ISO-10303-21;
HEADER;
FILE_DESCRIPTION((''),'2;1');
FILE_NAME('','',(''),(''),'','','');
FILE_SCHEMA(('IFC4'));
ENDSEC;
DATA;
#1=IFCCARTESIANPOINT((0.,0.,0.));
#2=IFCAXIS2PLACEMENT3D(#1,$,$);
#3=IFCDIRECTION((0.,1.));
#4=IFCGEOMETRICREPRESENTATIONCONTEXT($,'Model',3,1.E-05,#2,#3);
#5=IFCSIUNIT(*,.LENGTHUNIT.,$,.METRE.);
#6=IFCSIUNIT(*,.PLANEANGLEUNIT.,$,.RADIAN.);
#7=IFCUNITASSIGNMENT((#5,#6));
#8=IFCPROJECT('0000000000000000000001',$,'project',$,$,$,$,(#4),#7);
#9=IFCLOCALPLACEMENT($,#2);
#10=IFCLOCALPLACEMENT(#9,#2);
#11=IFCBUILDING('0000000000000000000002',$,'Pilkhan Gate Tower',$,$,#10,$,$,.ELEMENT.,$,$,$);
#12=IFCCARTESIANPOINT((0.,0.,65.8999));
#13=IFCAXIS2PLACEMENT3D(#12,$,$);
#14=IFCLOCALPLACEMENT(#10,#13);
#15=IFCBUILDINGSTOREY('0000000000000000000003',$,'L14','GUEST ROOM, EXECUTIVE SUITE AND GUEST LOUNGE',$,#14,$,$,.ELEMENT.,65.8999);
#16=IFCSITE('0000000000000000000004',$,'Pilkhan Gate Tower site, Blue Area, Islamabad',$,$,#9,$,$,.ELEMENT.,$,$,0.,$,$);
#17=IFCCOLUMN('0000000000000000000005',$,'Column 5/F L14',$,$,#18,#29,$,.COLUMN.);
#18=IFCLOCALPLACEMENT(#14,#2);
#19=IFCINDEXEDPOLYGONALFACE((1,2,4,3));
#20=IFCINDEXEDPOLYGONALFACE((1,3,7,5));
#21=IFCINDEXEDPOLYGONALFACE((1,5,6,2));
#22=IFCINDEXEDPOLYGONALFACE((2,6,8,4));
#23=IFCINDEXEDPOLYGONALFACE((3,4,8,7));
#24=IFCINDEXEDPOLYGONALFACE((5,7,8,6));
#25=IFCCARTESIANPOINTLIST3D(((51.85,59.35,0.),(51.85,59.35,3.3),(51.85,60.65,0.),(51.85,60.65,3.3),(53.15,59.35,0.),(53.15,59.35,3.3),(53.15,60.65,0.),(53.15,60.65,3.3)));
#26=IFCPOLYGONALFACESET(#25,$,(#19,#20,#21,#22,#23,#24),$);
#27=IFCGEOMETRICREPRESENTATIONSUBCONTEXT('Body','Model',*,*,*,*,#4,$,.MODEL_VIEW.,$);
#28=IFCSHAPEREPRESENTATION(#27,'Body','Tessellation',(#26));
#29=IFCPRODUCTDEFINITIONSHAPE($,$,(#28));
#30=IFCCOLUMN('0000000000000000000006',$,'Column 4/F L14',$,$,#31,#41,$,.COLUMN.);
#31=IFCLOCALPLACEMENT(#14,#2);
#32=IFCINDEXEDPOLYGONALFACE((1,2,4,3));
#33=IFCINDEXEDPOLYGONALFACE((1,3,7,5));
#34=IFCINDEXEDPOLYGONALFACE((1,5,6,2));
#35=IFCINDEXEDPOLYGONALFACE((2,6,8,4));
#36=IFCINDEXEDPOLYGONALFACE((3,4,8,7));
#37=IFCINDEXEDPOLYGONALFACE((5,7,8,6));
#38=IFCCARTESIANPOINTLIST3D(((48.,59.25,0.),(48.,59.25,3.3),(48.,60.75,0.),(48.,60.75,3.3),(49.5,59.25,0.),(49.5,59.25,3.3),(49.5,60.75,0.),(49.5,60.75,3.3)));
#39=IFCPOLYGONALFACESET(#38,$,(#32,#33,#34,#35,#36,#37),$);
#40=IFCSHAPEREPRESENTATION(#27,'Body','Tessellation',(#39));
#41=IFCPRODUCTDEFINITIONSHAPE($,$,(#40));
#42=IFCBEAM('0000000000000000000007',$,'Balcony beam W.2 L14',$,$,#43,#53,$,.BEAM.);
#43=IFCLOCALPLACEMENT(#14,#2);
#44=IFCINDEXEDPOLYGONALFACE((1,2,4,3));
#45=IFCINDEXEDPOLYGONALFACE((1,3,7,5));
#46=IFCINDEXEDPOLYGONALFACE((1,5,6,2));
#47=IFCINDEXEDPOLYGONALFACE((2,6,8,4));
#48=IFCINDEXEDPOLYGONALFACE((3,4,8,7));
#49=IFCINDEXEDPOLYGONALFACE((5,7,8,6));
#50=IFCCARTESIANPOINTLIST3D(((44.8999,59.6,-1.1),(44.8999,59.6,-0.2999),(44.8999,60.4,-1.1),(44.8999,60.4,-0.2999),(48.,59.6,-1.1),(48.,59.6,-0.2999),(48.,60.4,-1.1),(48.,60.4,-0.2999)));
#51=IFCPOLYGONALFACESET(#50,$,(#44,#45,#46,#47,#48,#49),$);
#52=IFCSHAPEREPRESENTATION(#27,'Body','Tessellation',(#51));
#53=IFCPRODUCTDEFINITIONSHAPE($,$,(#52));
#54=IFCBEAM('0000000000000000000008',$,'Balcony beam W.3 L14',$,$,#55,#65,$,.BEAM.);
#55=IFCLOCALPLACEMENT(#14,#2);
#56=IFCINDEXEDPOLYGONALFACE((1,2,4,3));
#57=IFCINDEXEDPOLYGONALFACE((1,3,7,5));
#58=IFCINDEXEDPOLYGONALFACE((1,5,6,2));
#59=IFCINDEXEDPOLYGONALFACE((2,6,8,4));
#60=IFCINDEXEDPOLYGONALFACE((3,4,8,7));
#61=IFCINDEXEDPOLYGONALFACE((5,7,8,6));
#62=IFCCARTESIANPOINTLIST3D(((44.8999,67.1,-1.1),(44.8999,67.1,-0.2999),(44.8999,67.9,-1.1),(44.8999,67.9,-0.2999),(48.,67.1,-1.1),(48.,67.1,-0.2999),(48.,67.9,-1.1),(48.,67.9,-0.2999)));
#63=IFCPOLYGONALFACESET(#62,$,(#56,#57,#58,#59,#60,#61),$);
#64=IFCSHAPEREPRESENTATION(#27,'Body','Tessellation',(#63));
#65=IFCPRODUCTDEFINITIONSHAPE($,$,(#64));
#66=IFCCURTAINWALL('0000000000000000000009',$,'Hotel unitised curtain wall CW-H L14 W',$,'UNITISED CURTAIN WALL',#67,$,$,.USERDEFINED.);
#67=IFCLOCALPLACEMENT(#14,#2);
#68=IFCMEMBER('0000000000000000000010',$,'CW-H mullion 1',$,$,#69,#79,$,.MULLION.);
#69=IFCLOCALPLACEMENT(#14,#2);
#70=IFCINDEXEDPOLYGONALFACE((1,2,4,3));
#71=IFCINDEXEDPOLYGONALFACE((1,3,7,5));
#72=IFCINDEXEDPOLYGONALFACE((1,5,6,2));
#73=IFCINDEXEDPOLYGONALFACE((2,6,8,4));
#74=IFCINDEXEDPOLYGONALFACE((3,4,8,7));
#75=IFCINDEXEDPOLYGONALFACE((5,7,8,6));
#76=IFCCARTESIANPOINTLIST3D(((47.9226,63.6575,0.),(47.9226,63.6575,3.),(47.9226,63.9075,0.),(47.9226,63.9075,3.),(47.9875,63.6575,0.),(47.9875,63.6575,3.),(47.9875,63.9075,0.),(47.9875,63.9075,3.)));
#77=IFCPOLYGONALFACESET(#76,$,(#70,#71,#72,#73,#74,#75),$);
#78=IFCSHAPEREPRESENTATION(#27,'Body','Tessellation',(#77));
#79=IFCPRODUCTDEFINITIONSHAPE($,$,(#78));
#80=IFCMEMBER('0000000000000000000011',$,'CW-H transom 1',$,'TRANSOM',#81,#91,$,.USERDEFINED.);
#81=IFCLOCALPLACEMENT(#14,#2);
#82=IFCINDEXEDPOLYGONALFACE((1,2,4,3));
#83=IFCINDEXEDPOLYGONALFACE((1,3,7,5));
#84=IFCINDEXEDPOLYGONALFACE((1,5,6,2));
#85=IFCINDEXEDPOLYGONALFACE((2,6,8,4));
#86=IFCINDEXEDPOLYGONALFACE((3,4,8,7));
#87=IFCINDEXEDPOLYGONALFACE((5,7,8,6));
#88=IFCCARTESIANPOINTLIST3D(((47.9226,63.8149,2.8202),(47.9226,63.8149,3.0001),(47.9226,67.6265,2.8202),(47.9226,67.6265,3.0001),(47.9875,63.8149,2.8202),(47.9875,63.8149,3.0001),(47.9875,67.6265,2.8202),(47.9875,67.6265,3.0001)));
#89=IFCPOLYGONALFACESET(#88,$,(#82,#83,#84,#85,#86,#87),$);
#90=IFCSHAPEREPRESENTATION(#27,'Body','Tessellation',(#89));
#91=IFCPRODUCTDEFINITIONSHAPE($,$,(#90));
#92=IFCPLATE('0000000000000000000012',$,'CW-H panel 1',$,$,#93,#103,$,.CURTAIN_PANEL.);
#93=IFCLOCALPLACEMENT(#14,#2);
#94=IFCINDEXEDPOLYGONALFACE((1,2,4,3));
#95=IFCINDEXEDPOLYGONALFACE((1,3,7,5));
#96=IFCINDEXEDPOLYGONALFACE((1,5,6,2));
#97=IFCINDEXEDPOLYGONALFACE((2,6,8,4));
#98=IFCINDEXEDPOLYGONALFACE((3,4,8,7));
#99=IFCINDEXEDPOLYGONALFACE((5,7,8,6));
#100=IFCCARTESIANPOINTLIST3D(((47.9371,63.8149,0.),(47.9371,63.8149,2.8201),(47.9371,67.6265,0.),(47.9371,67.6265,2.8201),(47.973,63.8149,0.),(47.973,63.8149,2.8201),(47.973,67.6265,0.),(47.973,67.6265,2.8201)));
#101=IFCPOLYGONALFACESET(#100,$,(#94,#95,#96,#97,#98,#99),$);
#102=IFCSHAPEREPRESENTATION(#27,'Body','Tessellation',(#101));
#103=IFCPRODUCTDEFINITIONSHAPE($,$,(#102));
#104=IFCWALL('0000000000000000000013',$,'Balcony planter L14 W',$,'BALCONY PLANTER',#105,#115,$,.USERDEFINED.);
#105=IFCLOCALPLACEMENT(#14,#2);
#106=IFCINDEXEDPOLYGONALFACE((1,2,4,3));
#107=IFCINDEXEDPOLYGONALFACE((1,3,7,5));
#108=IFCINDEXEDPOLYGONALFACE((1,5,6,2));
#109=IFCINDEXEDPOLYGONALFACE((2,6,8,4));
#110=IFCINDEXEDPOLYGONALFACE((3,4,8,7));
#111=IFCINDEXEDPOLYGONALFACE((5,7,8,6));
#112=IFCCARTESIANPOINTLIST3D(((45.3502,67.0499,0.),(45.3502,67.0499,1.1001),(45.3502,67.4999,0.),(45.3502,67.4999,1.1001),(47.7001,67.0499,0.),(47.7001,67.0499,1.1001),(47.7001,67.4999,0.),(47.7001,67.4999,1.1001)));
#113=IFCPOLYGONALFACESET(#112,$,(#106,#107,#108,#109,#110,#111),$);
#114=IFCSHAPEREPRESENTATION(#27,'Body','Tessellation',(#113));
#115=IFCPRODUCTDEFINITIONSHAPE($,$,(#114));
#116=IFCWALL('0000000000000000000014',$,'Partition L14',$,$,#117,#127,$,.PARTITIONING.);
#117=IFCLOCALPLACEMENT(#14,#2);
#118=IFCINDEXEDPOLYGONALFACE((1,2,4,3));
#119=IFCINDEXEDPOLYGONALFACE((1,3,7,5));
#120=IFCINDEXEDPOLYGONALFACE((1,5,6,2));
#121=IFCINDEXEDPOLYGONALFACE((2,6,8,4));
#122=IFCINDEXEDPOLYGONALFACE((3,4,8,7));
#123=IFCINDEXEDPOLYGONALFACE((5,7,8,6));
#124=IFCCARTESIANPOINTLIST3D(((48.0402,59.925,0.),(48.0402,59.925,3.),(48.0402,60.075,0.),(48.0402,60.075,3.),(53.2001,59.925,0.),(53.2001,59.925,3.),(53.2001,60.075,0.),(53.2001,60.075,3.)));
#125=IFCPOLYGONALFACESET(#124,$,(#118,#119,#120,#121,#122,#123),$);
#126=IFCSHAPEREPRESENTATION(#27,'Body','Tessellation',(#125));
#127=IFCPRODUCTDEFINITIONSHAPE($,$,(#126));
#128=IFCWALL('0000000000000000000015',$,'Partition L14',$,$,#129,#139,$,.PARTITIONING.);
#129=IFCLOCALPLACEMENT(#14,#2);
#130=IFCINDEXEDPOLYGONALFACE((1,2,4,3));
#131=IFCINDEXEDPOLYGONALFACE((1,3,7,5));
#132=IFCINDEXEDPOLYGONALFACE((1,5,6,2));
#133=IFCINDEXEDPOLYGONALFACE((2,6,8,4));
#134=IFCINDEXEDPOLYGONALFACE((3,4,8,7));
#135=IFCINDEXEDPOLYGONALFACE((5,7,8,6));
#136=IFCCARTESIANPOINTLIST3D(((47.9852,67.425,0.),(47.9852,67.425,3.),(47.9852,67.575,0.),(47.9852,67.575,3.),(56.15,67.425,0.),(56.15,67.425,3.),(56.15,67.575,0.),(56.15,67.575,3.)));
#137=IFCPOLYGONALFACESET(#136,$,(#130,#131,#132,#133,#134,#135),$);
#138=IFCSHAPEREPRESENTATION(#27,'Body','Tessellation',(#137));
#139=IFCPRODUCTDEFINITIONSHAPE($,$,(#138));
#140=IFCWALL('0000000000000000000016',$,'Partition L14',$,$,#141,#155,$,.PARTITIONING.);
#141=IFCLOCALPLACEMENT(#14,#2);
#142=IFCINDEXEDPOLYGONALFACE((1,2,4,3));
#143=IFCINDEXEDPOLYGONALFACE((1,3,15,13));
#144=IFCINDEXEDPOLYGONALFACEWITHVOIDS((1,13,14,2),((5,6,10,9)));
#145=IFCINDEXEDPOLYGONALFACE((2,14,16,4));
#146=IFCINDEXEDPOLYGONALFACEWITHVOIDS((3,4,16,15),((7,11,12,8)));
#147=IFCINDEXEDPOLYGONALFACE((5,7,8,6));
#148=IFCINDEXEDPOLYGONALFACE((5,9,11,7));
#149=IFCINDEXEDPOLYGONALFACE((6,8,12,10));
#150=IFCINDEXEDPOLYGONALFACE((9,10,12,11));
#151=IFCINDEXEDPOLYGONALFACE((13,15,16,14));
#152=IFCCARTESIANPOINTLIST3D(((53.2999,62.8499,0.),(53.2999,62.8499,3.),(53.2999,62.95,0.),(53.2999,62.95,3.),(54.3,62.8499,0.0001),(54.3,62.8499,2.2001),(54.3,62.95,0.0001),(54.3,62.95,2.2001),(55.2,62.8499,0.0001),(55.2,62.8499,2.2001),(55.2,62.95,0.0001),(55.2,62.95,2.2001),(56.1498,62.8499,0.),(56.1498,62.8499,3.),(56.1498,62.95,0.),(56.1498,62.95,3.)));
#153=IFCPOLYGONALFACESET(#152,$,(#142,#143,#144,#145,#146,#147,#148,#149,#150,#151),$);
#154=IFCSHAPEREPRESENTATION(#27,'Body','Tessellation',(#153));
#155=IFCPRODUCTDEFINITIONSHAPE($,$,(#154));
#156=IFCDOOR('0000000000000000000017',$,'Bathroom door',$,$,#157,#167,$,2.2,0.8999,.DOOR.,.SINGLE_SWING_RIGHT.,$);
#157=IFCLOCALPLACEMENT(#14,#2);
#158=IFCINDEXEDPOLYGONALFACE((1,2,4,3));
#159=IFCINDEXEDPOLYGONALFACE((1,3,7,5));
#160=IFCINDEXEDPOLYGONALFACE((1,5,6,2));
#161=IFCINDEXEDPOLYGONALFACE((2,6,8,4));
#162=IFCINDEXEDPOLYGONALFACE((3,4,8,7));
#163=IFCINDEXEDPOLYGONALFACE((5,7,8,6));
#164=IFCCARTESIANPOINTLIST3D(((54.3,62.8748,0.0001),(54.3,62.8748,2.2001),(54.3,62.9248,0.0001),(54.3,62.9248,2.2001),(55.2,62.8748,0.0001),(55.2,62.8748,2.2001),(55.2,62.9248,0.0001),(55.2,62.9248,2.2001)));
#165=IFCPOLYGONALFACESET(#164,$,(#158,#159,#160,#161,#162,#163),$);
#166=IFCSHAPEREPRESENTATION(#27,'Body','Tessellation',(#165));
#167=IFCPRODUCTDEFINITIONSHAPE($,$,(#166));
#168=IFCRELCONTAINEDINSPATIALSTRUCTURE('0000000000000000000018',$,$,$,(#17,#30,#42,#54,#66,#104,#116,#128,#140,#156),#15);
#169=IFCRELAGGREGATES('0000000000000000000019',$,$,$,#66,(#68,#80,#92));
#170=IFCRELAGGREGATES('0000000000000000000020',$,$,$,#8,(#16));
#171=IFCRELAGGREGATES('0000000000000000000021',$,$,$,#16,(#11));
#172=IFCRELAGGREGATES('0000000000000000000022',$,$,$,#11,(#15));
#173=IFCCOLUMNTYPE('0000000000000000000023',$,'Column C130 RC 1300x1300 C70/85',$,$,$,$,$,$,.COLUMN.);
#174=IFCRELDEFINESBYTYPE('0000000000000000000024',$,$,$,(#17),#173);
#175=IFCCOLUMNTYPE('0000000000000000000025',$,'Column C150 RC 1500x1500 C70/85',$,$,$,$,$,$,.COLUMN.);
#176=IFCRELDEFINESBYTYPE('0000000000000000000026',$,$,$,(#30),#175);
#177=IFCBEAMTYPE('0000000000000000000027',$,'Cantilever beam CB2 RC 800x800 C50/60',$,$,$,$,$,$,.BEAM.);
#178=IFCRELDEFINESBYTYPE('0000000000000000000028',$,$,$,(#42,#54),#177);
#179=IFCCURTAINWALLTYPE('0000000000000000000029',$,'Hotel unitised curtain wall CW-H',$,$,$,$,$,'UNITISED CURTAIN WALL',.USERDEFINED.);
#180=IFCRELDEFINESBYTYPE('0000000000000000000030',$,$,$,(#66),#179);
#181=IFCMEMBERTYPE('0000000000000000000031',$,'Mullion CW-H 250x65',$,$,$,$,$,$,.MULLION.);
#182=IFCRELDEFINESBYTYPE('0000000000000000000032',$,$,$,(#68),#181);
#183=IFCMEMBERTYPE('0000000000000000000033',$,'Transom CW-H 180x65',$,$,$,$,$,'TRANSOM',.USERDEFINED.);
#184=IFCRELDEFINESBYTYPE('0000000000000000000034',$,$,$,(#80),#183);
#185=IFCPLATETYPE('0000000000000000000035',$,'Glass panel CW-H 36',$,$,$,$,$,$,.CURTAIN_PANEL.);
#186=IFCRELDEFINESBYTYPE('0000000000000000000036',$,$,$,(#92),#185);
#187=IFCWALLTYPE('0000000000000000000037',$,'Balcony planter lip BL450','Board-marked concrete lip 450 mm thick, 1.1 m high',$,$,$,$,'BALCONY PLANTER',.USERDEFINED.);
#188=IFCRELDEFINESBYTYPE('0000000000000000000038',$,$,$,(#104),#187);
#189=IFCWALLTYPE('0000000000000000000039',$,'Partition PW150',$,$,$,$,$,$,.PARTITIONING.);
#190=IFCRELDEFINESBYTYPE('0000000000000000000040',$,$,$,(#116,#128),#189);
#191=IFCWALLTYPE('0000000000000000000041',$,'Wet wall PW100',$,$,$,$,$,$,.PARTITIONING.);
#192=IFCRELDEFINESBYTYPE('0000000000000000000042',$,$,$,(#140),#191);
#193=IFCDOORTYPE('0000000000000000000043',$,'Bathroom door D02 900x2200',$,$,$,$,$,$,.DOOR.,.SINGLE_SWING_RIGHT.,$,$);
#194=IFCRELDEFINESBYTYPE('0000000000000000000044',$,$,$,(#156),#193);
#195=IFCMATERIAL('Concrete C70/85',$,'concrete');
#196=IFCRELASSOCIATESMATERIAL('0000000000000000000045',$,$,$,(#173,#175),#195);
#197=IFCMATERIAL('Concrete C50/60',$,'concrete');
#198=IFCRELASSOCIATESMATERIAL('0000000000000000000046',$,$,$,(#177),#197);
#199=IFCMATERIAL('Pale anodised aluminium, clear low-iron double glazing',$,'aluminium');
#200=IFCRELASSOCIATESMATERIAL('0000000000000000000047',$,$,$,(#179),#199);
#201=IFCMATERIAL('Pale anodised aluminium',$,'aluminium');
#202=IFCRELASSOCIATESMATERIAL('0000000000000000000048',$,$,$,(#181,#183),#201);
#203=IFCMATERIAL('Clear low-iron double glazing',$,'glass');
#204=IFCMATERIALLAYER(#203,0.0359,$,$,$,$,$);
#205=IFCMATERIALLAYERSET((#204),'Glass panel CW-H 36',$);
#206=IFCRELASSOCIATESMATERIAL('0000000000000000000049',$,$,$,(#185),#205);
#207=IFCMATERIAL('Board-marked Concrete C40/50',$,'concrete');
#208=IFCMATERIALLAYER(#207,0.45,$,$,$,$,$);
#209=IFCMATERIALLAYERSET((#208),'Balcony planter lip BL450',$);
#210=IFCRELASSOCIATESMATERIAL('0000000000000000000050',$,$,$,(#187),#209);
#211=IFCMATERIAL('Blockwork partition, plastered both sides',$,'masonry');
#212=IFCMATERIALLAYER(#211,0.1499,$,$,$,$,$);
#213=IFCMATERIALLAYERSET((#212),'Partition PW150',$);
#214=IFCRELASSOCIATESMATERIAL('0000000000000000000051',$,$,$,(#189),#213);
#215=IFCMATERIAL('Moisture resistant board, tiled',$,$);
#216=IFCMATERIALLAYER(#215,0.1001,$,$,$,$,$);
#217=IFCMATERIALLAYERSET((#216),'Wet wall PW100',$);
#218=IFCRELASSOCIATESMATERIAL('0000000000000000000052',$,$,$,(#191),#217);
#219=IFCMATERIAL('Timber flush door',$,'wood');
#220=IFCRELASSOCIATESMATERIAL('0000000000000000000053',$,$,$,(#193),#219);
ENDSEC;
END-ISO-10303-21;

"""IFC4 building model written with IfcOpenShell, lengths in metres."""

from ifc_helpers import new_model, si_unit, direction, frame, frame_2d, origin, origin_2d, place, context, subcontext, project, spatial, rectangle, extrude, material, layer, layer_set, material_profile, profile_set, type_object, element, fill, aggregate, save


model = new_model("IFC4")

# Units and contexts
model_context = context("Model", 3, precision=1e-05, world=origin(), true_north=direction((0.0, 1.0)))
body_context = subcontext(model_context, "Body", "Model", "MODEL_VIEW")
ifc_project = project(units=[si_unit("LENGTHUNIT", "METRE"), si_unit("PLANEANGLEUNIT", "RADIAN")], contexts=[model_context])

# Site, building, storey
site_placement = place(None, origin())
site = spatial("IfcSite", under=ifc_project, at=site_placement, Name="Pilkhan Gate Tower site, Blue Area, Islamabad", CompositionType="ELEMENT", RefElevation=0.0)
building_placement = place(site_placement, origin())
building = spatial("IfcBuilding", under=site, at=building_placement, Name="Pilkhan Gate Tower", CompositionType="ELEMENT")
storey_placement = place(building_placement, frame((0.0, 0.0, 65.8999)))
storey = spatial("IfcBuildingStorey", under=building, at=storey_placement, Name="L14", Description="GUEST ROOM, EXECUTIVE SUITE AND GUEST LOUNGE", CompositionType="ELEMENT", Elevation=65.8999)

# Columns
ifc_material_1 = material(Name="Concrete C70/85", Category="concrete")
ifc_material_profile_1 = material_profile(ifc_material_1, rectangle(XDim=1.3, YDim=1.3, at=origin_2d()), Name="RC 1300x1300")
ifc_profile_set_1 = profile_set([ifc_material_profile_1], Name="Concrete C70/85")
column_type_1 = type_object("IfcColumnType", Name="Column C130 RC 1300x1300 C70/85", PredefinedType="COLUMN", material=ifc_profile_set_1)
column_1_placement = place(storey_placement, frame((52.5, 60.0, 0.0), z_axis=(0.0, 0.0, 1.0), x_axis=(1.0, 0.0, 0.0)))
element("IfcColumn", 1, at=column_1_placement, inside=storey, type_object=column_type_1, Name="Column 5/F L14", PredefinedType="COLUMN", context=body_context, shape_type="SweptSolid", body=[
    extrude(rectangle(XDim=1.3, YDim=1.3, at=origin_2d()), origin(), (0.0, 0.0, 1.0), 3.3),
])
ifc_material_profile_2 = material_profile(ifc_material_1, rectangle(XDim=1.5, YDim=1.5, at=origin_2d()), Name="RC 1500x1500")
ifc_profile_set_2 = profile_set([ifc_material_profile_2], Name="Concrete C70/85")
column_type_2 = type_object("IfcColumnType", Name="Column C150 RC 1500x1500 C70/85", PredefinedType="COLUMN", material=ifc_profile_set_2)
column_2_placement = place(storey_placement, frame((48.75, 60.0, 0.0), z_axis=(0.0, 0.0, 1.0), x_axis=(1.0, 0.0, 0.0)))
element("IfcColumn", 2, at=column_2_placement, inside=storey, type_object=column_type_2, Name="Column 4/F L14", PredefinedType="COLUMN", context=body_context, shape_type="SweptSolid", body=[
    extrude(rectangle(XDim=1.5, YDim=1.5, at=origin_2d()), origin(), (0.0, 0.0, 1.0), 3.3),
])

# Beams
ifc_material_2 = material(Name="Concrete C50/60", Category="concrete")
ifc_material_profile_3 = material_profile(ifc_material_2, rectangle(XDim=0.8, YDim=0.8, at=origin_2d()), Name="RC 800x800")
ifc_profile_set_3 = profile_set([ifc_material_profile_3], Name="Concrete C50/60")
beam_type = type_object("IfcBeamType", Name="Cantilever beam CB2 RC 800x800 C50/60", PredefinedType="BEAM", material=ifc_profile_set_3)
for number, where, z_axis, x_axis, name in (
    (3, (48.0, 60.0, -0.7), (-1.0, 0.0, 0.0), (0.0, -1.0, 0.0), "Balcony beam W.2 L14"),
    (4, (48.0, 67.5, -0.7), (-1.0, 0.0, 0.0), (0.0, -1.0, 0.0), "Balcony beam W.3 L14"),
):
    element("IfcBeam", number, at=place(storey_placement, frame(where, z_axis=z_axis, x_axis=x_axis)), inside=storey, type_object=beam_type, Name=name, PredefinedType="BEAM", context=body_context, shape_type="SweptSolid", body=[
        extrude(rectangle(XDim=0.8, YDim=0.8, at=origin_2d()), origin(), (0.0, 0.0, 1.0), 3.1001),
    ])

# Curtain wall, members, plate
ifc_material_3 = material(Name="Pale anodised aluminium, clear low-iron double glazing", Category="aluminium")
curtain_wall_type = type_object("IfcCurtainWallType", Name="Hotel unitised curtain wall CW-H", ElementType="UNITISED CURTAIN WALL", PredefinedType="USERDEFINED", material=ifc_material_3)
curtain_wall_placement = place(storey_placement, origin())
curtain_wall = element("IfcCurtainWall", 5, at=curtain_wall_placement, inside=storey, type_object=curtain_wall_type, Name="Hotel unitised curtain wall CW-H L14 W", ObjectType="UNITISED CURTAIN WALL", PredefinedType="USERDEFINED")
ifc_material_4 = material(Name="Pale anodised aluminium", Category="aluminium")
ifc_material_profile_4 = material_profile(ifc_material_4, rectangle(XDim=0.0649, YDim=0.25, at=origin_2d()), Name="Mullion 250x65")
ifc_profile_set_4 = profile_set([ifc_material_profile_4], Name="Pale anodised aluminium")
member_type_1 = type_object("IfcMemberType", Name="Mullion CW-H 250x65", PredefinedType="MULLION", material=ifc_profile_set_4)
member_1_placement = place(storey_placement, frame((47.9551, 63.7825, 0.0), z_axis=(0.0, 0.0, 1.0), x_axis=(-1.0, 0.0, 0.0)))
member_1 = element("IfcMember", 6, at=member_1_placement, type_object=member_type_1, Name="CW-H mullion 1", PredefinedType="MULLION", context=body_context, shape_type="SweptSolid", body=[
    extrude(rectangle(XDim=0.0649, YDim=0.25, at=origin_2d()), origin(), (0.0, 0.0, 1.0), 3.0),
])
ifc_material_profile_5 = material_profile(ifc_material_4, rectangle(XDim=0.0649, YDim=0.1799, at=origin_2d()), Name="Transom 180x65")
ifc_profile_set_5 = profile_set([ifc_material_profile_5], Name="Pale anodised aluminium")
member_type_2 = type_object("IfcMemberType", Name="Transom CW-H 180x65", ElementType="TRANSOM", PredefinedType="USERDEFINED", material=ifc_profile_set_5)
member_2_placement = place(storey_placement, frame((47.9551, 63.8149, 2.9102), z_axis=(0.0, 1.0, 0.0), x_axis=(-1.0, 0.0, 0.0)))
member_2 = element("IfcMember", 7, at=member_2_placement, type_object=member_type_2, Name="CW-H transom 1", ObjectType="TRANSOM", PredefinedType="USERDEFINED", context=body_context, shape_type="SweptSolid", body=[
    extrude(rectangle(XDim=0.0649, YDim=0.1799, at=origin_2d()), origin(), (0.0, 0.0, 1.0), 3.8115),
])
ifc_material_5 = material(Name="Clear low-iron double glazing", Category="glass")
ifc_layer_1 = layer(ifc_material_5, 0.0359)
ifc_layer_set_1 = layer_set([ifc_layer_1], Name="Glass panel CW-H 36")
plate_type = type_object("IfcPlateType", Name="Glass panel CW-H 36", PredefinedType="CURTAIN_PANEL", material=ifc_layer_set_1)
plate_placement = place(storey_placement, frame((47.9551, 65.7207, 0.0), z_axis=(0.0, 0.0, 1.0), x_axis=(0.0, 1.0, 0.0)))
plate = element("IfcPlate", 8, at=plate_placement, type_object=plate_type, Name="CW-H panel 1", PredefinedType="CURTAIN_PANEL", context=body_context, shape_type="SweptSolid", body=[
    extrude(rectangle(XDim=3.8115, YDim=0.0359, at=origin_2d()), origin(), (0.0, 0.0, 1.0), 2.8201),
])
aggregate(curtain_wall, [member_1, member_2, plate])

# Wall
ifc_material_6 = material(Name="Board-marked Concrete C40/50", Category="concrete")
ifc_layer_2 = layer(ifc_material_6, 0.45)
ifc_layer_set_2 = layer_set([ifc_layer_2], Name="Balcony planter lip BL450")
wall_type_1 = type_object("IfcWallType", Name="Balcony planter lip BL450", Description="Board-marked concrete lip 450 mm thick, 1.1 m high", ElementType="BALCONY PLANTER", PredefinedType="USERDEFINED", material=ifc_layer_set_2)
wall_1_placement = place(storey_placement, frame((47.7, 67.2749, 0.0), z_axis=(0.0, 0.0, 1.0), x_axis=(-1.0, 0.0, 0.0)))
element("IfcWall", 9, at=wall_1_placement, inside=storey, type_object=wall_type_1, Name="Balcony planter L14 W", ObjectType="BALCONY PLANTER", PredefinedType="USERDEFINED", context=body_context, shape_type="SweptSolid", body=[
    extrude(rectangle(XDim=2.3499, YDim=0.45, at=frame_2d((1.1748, 0.0))), origin(), (0.0, 0.0, 1.0), 1.1001),
])

# Walls
ifc_material_7 = material(Name="Blockwork partition, plastered both sides", Category="masonry")
ifc_layer_3 = layer(ifc_material_7, 0.1499)
ifc_layer_set_3 = layer_set([ifc_layer_3], Name="Partition PW150")
wall_type_2 = type_object("IfcWallType", Name="Partition PW150", PredefinedType="PARTITIONING", material=ifc_layer_set_3)
wall_2_placement = place(storey_placement, frame((48.04, 60.0, 0.0), z_axis=(0.0, 0.0, 1.0), x_axis=(1.0, 0.0, 0.0)))
element("IfcWall", 10, at=wall_2_placement, inside=storey, type_object=wall_type_2, Name="Partition L14", PredefinedType="PARTITIONING", context=body_context, shape_type="SweptSolid", body=[
    extrude(rectangle(XDim=5.1599, YDim=0.1499, at=frame_2d((2.5801, 0.0))), origin(), (0.0, 0.0, 1.0), 3.0),
])
wall_3_placement = place(storey_placement, frame((47.9851, 67.5, 0.0), z_axis=(0.0, 0.0, 1.0), x_axis=(1.0, 0.0, 0.0)))
element("IfcWall", 11, at=wall_3_placement, inside=storey, type_object=wall_type_2, Name="Partition L14", PredefinedType="PARTITIONING", context=body_context, shape_type="SweptSolid", body=[
    extrude(rectangle(XDim=8.1648, YDim=0.1499, at=frame_2d((4.0825, 0.0))), origin(), (0.0, 0.0, 1.0), 3.0),
])

# Wall, opening, door
ifc_material_8 = material(Name="Moisture resistant board, tiled")
ifc_layer_4 = layer(ifc_material_8, 0.1001)
ifc_layer_set_4 = layer_set([ifc_layer_4], Name="Wet wall PW100")
wall_type_3 = type_object("IfcWallType", Name="Wet wall PW100", PredefinedType="PARTITIONING", material=ifc_layer_set_4)
wall_4_placement = place(storey_placement, frame((53.3, 62.8999, 0.0), z_axis=(0.0, 0.0, 1.0), x_axis=(1.0, 0.0, 0.0)))
wall_4 = element("IfcWall", 12, at=wall_4_placement, inside=storey, type_object=wall_type_3, Name="Partition L14", PredefinedType="PARTITIONING", context=body_context, shape_type="SweptSolid", body=[
    extrude(rectangle(XDim=2.8499, YDim=0.1001, at=frame_2d((1.4248, 0.0))), origin(), (0.0, 0.0, 1.0), 3.0),
])
opening_1_placement = place(wall_4_placement, frame((1.0, 0.0, 0.0)))
opening_1 = element("IfcOpeningElement", 13, at=opening_1_placement, cuts=wall_4, PredefinedType="OPENING", context=body_context, shape_type="SweptSolid", body=[
    extrude(rectangle(XDim=0.8999, YDim=2.2, at=frame_2d((0.45, 1.1001))), frame((0.0, 0.0601, 0.0), z_axis=(0.0, -1.0, 0.0), x_axis=(1.0, 0.0, 0.0)), (0.0, 0.0, 1.0), 0.1201),
])
ifc_material_9 = material(Name="Timber flush door", Category="wood")
door_type_1 = type_object("IfcDoorType", Name="Bathroom door D02 900x2200", OperationType="SINGLE_SWING_RIGHT", PredefinedType="DOOR", material=ifc_material_9)
door_1_placement = place(opening_1_placement, origin())
door_1 = element("IfcDoor", 14, at=door_1_placement, inside=storey, type_object=door_type_1, Name="Bathroom door", OperationType="SINGLE_SWING_RIGHT", OverallHeight=2.2, OverallWidth=0.8999, PredefinedType="DOOR", context=body_context, shape_type="SweptSolid", body=[
    extrude(rectangle(XDim=0.8999, YDim=2.2, at=frame_2d((0.45, 1.1001))), frame((0.0, 0.0249, 0.0), z_axis=(0.0, -1.0, 0.0), x_axis=(1.0, 0.0, 0.0)), (0.0, 0.0, 1.0), 0.05),
])
fill(opening_1, door_1)

save(model, "model.ifc")
